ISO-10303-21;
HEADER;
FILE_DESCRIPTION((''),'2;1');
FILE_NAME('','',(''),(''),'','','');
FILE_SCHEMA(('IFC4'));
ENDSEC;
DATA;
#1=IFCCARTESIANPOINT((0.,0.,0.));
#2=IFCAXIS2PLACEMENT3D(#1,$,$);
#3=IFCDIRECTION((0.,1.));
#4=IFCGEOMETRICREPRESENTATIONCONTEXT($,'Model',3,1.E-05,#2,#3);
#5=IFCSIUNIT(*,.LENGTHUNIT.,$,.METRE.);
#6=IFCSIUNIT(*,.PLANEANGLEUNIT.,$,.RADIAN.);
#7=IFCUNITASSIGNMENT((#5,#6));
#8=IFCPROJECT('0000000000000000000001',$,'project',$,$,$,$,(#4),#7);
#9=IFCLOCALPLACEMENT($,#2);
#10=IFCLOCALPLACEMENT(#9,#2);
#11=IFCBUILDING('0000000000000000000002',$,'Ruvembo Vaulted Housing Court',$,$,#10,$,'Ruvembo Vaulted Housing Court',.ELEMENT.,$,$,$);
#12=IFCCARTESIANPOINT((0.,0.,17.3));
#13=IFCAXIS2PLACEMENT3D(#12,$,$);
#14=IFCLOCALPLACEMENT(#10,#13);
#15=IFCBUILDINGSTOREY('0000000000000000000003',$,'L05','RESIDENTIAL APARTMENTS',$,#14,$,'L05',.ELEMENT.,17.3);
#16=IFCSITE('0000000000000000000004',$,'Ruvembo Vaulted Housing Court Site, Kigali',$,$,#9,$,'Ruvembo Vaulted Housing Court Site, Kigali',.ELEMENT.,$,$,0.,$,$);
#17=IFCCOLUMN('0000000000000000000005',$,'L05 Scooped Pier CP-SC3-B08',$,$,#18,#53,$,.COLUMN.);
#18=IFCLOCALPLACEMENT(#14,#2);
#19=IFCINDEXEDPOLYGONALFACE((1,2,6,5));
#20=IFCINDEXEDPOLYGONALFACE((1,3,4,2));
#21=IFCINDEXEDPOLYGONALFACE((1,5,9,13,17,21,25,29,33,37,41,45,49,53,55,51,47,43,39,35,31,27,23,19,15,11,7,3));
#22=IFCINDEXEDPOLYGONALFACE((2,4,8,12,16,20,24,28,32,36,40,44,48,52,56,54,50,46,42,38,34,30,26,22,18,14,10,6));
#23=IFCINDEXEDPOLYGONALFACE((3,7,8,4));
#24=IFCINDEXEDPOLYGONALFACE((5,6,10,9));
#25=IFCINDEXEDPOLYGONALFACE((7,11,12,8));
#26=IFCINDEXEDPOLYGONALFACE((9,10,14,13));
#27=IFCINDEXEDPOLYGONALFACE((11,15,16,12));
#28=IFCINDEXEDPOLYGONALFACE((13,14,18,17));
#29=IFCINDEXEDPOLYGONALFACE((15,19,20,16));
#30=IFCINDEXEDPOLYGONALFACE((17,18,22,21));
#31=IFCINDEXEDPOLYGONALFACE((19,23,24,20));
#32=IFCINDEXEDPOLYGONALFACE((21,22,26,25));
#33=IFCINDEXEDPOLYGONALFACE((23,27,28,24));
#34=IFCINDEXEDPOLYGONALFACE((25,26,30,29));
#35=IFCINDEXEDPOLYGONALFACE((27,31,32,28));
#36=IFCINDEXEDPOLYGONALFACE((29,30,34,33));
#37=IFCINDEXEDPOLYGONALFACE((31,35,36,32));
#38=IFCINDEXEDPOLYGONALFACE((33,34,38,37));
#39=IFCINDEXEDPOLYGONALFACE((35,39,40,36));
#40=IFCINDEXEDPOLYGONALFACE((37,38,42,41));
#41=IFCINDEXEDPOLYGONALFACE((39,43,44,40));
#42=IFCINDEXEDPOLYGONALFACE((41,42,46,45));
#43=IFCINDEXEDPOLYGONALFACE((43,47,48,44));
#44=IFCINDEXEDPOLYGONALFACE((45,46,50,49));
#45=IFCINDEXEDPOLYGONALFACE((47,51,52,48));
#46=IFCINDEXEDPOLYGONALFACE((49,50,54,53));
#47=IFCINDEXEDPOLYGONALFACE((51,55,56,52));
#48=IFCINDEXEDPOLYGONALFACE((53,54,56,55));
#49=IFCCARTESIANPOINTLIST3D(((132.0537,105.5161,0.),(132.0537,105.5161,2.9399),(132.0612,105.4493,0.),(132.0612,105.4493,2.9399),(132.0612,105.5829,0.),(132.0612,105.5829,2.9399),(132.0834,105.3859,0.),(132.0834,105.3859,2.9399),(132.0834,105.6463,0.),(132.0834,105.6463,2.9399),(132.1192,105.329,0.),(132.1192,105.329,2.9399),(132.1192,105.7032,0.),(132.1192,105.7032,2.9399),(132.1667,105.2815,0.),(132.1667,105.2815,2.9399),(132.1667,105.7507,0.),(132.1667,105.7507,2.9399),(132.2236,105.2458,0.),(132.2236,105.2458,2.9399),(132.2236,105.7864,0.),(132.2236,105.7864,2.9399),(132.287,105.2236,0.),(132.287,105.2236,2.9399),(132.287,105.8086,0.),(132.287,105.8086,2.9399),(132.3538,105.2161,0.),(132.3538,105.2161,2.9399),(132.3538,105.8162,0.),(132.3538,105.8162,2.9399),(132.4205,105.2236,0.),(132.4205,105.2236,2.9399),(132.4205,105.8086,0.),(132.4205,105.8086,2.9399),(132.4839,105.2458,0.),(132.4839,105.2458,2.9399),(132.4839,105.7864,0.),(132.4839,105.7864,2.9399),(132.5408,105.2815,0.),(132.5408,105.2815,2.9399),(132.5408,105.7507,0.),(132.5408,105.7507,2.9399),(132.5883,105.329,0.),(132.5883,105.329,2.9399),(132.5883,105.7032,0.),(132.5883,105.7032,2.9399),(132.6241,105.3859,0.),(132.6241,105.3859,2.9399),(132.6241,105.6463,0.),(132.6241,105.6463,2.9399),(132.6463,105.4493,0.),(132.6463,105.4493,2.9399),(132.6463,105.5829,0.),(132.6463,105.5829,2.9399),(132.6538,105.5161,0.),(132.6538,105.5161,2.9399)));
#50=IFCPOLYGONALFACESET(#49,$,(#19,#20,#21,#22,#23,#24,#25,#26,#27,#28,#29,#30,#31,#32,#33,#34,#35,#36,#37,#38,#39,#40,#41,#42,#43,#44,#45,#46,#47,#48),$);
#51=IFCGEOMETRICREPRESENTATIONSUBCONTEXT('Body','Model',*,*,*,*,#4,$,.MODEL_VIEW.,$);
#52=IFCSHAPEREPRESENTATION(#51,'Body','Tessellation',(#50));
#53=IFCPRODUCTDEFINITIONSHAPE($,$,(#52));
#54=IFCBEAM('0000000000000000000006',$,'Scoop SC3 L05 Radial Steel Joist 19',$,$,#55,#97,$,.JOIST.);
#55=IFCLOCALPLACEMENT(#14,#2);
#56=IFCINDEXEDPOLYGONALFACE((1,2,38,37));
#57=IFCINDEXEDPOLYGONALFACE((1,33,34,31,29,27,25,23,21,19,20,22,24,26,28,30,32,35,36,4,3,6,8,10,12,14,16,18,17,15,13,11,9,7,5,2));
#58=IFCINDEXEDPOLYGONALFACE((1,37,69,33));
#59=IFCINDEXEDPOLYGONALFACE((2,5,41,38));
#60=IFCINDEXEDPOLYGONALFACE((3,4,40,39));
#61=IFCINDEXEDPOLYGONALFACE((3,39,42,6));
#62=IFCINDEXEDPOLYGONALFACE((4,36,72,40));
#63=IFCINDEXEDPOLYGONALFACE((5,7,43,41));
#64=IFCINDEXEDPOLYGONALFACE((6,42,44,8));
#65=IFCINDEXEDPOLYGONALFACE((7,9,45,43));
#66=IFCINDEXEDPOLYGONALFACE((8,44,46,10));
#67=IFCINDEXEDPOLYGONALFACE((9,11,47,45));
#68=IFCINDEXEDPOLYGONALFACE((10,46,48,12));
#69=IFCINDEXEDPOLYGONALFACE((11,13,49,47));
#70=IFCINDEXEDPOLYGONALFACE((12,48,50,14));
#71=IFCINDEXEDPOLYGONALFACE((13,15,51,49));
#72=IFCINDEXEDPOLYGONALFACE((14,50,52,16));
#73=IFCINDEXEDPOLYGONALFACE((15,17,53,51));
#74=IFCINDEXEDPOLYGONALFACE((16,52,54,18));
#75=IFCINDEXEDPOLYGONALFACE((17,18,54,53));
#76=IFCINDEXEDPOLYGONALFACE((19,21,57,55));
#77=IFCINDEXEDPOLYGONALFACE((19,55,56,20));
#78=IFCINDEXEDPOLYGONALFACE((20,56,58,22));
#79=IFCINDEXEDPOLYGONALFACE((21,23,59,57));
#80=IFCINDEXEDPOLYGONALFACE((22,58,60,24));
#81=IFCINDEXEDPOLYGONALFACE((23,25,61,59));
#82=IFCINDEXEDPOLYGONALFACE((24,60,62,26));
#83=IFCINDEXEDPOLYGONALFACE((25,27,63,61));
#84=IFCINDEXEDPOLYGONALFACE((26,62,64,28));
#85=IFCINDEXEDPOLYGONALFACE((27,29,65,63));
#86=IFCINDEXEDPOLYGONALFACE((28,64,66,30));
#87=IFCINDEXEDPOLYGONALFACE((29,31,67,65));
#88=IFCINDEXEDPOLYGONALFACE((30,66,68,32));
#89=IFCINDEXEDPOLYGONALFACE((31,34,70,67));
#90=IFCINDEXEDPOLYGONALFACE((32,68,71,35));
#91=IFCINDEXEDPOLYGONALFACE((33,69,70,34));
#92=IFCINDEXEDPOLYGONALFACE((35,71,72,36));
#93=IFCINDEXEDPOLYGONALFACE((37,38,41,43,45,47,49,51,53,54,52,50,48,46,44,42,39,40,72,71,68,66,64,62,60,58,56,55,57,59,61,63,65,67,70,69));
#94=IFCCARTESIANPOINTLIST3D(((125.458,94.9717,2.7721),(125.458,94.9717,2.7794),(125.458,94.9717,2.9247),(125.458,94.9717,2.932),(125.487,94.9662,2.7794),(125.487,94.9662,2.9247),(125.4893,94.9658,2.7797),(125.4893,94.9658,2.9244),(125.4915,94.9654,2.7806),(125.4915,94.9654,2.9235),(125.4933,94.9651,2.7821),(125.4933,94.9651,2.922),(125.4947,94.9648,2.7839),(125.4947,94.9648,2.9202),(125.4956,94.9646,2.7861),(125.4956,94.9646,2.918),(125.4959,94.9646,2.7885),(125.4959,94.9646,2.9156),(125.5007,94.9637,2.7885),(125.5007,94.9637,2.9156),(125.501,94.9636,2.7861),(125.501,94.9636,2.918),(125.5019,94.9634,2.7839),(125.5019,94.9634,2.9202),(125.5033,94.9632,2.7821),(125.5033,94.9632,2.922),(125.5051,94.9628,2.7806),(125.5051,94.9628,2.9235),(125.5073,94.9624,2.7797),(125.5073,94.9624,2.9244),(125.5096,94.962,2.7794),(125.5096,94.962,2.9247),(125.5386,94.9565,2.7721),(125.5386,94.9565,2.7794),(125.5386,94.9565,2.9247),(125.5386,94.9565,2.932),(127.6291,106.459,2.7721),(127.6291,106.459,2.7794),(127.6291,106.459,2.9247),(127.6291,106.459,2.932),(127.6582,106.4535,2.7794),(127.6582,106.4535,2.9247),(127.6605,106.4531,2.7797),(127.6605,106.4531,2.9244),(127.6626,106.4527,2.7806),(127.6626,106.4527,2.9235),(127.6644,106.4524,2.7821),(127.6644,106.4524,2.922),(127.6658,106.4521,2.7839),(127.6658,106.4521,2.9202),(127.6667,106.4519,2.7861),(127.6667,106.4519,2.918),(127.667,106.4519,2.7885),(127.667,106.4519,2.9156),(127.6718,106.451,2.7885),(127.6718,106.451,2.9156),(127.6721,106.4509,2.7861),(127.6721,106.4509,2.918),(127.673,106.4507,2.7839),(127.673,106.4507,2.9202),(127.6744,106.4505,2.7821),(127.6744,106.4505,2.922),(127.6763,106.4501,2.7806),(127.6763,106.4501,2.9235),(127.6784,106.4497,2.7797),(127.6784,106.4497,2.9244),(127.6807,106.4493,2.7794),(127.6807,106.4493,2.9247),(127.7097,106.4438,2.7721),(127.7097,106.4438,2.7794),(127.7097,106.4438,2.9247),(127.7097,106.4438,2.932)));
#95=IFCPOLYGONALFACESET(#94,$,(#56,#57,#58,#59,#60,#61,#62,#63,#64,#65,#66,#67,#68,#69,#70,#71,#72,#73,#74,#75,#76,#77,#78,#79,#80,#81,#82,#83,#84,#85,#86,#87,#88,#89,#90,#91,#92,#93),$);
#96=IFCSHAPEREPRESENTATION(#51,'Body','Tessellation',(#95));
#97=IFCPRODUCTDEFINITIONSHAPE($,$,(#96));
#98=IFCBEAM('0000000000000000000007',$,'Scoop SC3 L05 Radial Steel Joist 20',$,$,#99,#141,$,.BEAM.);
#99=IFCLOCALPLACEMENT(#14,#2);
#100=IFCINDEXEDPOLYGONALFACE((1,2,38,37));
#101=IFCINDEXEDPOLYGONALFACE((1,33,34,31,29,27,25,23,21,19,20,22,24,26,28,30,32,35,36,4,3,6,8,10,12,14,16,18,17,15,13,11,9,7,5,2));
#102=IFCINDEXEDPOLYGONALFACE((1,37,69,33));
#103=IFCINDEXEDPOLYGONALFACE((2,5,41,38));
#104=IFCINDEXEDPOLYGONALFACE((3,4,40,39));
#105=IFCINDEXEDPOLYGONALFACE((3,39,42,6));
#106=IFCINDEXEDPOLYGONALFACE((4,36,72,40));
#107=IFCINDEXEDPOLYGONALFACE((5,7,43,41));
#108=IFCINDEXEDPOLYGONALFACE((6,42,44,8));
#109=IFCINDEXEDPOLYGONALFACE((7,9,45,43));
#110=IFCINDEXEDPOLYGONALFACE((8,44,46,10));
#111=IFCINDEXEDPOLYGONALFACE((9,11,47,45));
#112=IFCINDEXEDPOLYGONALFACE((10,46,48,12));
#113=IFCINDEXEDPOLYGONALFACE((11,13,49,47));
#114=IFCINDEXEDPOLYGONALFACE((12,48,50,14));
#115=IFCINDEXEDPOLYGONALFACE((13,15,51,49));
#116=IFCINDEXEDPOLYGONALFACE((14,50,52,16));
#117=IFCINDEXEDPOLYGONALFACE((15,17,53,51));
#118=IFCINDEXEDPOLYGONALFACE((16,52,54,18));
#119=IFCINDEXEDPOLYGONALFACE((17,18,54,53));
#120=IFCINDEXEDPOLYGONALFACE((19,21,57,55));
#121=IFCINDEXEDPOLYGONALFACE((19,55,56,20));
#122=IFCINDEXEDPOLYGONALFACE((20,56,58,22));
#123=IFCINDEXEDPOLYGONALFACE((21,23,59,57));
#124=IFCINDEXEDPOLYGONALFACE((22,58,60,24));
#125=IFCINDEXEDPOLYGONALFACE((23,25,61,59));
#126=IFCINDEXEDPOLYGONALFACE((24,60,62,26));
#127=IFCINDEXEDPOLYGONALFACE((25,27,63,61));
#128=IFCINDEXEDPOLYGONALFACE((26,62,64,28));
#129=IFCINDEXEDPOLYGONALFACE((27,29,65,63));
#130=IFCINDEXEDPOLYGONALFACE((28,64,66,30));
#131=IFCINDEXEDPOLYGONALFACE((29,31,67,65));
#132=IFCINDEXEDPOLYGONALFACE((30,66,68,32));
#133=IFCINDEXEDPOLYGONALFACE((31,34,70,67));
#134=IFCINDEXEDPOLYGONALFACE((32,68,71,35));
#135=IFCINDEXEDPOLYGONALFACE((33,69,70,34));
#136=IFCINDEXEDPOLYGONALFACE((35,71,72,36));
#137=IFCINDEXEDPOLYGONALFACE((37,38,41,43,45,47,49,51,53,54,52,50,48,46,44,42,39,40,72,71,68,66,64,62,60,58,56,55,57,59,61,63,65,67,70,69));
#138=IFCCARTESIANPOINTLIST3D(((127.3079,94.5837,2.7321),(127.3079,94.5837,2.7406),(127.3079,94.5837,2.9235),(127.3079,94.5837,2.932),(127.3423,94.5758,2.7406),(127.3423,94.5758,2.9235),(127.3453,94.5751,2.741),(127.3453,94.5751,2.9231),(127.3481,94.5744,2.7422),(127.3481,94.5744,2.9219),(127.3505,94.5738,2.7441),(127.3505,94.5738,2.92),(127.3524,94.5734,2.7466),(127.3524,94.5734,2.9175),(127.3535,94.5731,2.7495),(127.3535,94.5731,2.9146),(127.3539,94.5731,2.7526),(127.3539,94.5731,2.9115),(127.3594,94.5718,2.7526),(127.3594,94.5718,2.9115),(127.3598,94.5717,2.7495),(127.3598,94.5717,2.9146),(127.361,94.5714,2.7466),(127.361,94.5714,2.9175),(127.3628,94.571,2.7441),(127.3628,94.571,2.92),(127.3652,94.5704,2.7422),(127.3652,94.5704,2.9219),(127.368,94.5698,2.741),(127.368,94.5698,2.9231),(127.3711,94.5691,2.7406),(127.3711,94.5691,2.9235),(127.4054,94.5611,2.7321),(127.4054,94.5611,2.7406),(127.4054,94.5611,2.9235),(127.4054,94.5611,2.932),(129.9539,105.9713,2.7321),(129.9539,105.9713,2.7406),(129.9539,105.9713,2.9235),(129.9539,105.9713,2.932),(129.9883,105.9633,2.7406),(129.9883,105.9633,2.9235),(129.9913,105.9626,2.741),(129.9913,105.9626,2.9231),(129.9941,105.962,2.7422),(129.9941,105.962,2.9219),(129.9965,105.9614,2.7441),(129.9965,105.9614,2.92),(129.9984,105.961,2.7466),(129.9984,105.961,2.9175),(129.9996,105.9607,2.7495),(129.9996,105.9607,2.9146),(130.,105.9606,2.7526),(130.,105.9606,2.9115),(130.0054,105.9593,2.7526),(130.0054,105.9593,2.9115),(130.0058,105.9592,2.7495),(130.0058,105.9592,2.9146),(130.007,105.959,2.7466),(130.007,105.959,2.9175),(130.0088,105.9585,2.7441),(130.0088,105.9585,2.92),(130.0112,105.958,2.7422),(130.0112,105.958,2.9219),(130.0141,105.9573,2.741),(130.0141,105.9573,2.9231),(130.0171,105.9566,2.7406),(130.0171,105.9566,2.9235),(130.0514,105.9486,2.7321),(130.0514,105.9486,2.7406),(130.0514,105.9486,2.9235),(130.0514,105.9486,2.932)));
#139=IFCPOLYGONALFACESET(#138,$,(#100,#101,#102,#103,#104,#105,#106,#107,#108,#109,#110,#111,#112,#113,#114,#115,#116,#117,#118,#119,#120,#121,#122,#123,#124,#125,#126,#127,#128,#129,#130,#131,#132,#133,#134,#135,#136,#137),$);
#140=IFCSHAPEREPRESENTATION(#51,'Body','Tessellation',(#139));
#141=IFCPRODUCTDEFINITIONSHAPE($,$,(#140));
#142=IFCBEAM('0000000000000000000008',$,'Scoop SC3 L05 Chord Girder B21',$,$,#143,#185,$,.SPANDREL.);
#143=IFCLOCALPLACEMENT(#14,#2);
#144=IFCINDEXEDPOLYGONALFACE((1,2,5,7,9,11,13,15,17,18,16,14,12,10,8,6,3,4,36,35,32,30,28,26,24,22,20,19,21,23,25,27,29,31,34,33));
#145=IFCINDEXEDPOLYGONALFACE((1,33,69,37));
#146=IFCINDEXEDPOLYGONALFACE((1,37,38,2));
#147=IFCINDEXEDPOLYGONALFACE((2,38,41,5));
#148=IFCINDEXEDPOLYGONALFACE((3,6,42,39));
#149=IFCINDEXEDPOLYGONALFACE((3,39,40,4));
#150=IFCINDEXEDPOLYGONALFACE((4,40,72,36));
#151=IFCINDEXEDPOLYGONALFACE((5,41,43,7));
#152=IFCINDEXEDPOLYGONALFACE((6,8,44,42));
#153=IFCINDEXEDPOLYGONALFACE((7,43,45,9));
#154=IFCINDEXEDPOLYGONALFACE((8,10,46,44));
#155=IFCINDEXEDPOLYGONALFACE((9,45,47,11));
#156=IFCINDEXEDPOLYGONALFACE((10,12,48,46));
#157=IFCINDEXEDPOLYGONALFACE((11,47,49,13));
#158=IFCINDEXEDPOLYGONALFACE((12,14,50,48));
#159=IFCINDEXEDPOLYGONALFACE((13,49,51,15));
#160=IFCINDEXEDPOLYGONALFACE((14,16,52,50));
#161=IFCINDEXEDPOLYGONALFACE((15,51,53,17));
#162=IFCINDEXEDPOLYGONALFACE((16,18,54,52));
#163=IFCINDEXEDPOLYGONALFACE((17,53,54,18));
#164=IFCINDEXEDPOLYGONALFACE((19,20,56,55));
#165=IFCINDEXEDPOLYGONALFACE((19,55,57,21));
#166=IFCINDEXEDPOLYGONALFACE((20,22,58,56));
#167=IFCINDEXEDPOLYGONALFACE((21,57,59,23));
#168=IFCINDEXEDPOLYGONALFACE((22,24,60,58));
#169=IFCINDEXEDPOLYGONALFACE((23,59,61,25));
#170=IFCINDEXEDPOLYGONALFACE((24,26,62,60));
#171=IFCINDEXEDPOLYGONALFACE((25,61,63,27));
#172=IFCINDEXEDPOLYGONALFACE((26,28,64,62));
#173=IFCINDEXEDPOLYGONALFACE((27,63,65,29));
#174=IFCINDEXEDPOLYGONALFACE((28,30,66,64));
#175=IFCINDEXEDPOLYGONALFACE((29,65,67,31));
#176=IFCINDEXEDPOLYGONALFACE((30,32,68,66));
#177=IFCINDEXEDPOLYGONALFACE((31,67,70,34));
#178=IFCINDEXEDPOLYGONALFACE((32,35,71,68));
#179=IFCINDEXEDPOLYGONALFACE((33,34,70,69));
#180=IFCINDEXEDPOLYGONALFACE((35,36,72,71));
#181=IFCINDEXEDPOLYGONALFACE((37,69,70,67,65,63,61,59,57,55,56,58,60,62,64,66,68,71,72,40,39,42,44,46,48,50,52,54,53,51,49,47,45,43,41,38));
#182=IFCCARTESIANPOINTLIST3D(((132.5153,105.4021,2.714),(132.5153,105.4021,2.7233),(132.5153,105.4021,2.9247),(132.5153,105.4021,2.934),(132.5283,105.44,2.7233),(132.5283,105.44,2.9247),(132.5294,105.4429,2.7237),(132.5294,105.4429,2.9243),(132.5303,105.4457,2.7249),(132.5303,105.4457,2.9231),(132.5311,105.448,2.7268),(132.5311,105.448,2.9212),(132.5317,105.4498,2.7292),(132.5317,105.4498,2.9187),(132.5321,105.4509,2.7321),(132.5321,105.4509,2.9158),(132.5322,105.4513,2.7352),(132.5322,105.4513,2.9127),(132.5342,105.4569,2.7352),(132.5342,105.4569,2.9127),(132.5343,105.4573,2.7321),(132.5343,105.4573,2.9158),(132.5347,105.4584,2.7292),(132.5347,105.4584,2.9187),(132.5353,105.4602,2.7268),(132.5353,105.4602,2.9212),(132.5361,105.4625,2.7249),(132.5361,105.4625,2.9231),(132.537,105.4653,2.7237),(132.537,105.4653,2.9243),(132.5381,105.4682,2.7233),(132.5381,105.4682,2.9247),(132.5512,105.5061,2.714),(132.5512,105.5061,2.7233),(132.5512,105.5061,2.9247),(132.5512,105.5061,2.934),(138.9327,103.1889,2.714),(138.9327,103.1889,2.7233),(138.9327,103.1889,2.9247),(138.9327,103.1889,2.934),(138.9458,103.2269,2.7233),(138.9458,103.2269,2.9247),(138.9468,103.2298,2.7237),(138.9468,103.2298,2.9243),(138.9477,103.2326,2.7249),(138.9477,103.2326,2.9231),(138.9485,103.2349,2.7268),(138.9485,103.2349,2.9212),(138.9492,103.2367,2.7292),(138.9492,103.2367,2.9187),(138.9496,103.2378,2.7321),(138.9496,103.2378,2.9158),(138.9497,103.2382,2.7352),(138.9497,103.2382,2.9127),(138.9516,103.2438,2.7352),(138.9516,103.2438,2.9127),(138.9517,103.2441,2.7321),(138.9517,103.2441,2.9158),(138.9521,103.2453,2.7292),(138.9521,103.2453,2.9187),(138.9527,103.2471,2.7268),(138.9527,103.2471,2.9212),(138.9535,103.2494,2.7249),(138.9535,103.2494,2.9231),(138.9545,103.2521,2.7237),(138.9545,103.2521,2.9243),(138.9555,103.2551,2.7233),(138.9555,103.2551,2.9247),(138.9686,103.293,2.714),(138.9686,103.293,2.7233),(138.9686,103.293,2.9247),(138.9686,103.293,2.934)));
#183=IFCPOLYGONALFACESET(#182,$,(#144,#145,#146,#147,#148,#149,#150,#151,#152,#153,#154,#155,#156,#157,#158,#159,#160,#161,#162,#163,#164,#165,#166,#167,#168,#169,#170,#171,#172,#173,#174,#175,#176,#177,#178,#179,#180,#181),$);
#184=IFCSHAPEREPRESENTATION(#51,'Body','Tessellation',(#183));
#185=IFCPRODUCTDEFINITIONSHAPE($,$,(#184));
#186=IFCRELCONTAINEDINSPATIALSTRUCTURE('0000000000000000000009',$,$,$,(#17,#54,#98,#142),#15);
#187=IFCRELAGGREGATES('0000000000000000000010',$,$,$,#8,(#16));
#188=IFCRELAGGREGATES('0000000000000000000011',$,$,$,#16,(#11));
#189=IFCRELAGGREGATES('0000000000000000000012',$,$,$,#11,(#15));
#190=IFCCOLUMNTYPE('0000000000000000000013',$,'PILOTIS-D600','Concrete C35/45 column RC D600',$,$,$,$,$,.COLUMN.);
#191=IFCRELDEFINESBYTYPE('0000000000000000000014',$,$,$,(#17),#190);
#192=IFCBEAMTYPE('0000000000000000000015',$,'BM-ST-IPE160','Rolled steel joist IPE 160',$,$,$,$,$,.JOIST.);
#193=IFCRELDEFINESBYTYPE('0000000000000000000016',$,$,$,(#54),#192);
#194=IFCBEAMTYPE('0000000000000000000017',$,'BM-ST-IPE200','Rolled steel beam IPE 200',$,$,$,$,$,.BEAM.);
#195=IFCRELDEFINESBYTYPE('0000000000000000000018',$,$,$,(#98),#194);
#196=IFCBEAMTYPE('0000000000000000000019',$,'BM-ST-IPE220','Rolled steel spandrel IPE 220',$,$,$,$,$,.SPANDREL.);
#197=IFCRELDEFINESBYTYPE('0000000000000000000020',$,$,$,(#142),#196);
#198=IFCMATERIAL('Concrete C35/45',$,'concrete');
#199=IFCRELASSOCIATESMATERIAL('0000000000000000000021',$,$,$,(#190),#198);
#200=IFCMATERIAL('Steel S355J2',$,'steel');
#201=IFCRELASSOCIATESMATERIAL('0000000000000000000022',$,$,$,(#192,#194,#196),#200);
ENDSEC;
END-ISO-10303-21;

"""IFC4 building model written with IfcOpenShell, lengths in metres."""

from ifc_helpers import new_model, si_unit, direction, frame, origin, origin_2d, place, context, subcontext, project, spatial, circle, i_section, extrude, material, material_profile, profile_set, type_object, element, save


model = new_model("IFC4")

# Units and contexts
model_context = context("Model", 3, precision=1e-05, world=origin(), true_north=direction((0.0, 1.0)))
body_context = subcontext(model_context, "Body", "Model", "MODEL_VIEW")
ifc_project = project(units=[si_unit("LENGTHUNIT", "METRE"), si_unit("PLANEANGLEUNIT", "RADIAN")], contexts=[model_context])

# Site, building, storey
site_placement = place(None, origin())
site = spatial("IfcSite", under=ifc_project, at=site_placement, Name="Ruvembo Vaulted Housing Court Site, Kigali", LongName="Ruvembo Vaulted Housing Court Site, Kigali", CompositionType="ELEMENT", RefElevation=0.0)
building_placement = place(site_placement, origin())
building = spatial("IfcBuilding", under=site, at=building_placement, Name="Ruvembo Vaulted Housing Court", LongName="Ruvembo Vaulted Housing Court", CompositionType="ELEMENT")
storey_placement = place(building_placement, frame((0.0, 0.0, 17.3)))
storey = spatial("IfcBuildingStorey", under=building, at=storey_placement, Name="L05", Description="RESIDENTIAL APARTMENTS", LongName="L05", CompositionType="ELEMENT", Elevation=17.3)

# Column
ifc_material_1 = material(Name="Concrete C35/45", Category="concrete")
ifc_material_profile_1 = material_profile(ifc_material_1, circle(Radius=0.3, at=origin_2d()), Name="RC D600")
ifc_profile_set_1 = profile_set([ifc_material_profile_1], Name="Concrete C35/45")
column_type = type_object("IfcColumnType", Name="PILOTIS-D600", Description="Concrete C35/45 column RC D600", PredefinedType="COLUMN", material=ifc_profile_set_1)
column_placement = place(storey_placement, frame((132.3538, 105.5161, 0.0), z_axis=(0.0, 0.0, 1.0), x_axis=(1.0, 0.0, 0.0)))
element("IfcColumn", 1, at=column_placement, inside=storey, type_object=column_type, Name="L05 Scooped Pier CP-SC3-B08", PredefinedType="COLUMN", context=body_context, shape_type="SweptSolid", body=[
    extrude(circle(Radius=0.3, at=origin_2d()), origin(), (0.0, 0.0, 1.0), 2.9399),
])

# Beams
ifc_material_2 = material(Name="Steel S355J2", Category="steel")
ifc_material_profile_2 = material_profile(ifc_material_2, i_section(OverallWidth=0.082, OverallDepth=0.1599, WebThickness=0.0049, FlangeThickness=0.0073, FilletRadius=0.009, at=origin_2d()), Name="IPE 160")
ifc_profile_set_2 = profile_set([ifc_material_profile_2], Name="Steel S355J2")
beam_type_1 = type_object("IfcBeamType", Name="BM-ST-IPE160", Description="Rolled steel joist IPE 160", PredefinedType="JOIST", material=ifc_profile_set_2)
beam_1_placement = place(storey_placement, frame((127.6694, 106.4514, 2.8521), z_axis=(-0.185716, -0.982604, 0.0), x_axis=(0.982604, -0.185716, 0.0)))
element("IfcBeam", 2, at=beam_1_placement, inside=storey, type_object=beam_type_1, Name="Scoop SC3 L05 Radial Steel Joist 19", PredefinedType="JOIST", context=body_context, shape_type="SweptSolid", body=[
    extrude(i_section(OverallWidth=0.082, OverallDepth=0.1599, WebThickness=0.0049, FlangeThickness=0.0073, FilletRadius=0.009, at=origin_2d()), origin(), (0.0, 0.0, 1.0), 11.6907),
])
ifc_material_profile_3 = material_profile(ifc_material_2, i_section(OverallWidth=0.1001, OverallDepth=0.2, WebThickness=0.0056, FlangeThickness=0.0085, FilletRadius=0.012, at=origin_2d()), Name="IPE 200")
ifc_profile_set_3 = profile_set([ifc_material_profile_3], Name="Steel S355J2")
beam_type_2 = type_object("IfcBeamType", Name="BM-ST-IPE200", Description="Rolled steel beam IPE 200", PredefinedType="BEAM", material=ifc_profile_set_3)
beam_2_placement = place(storey_placement, frame((130.0027, 105.96, 2.832), z_axis=(-0.226331, -0.97405, 0.0), x_axis=(0.97405, -0.226331, 0.0)))
element("IfcBeam", 3, at=beam_2_placement, inside=storey, type_object=beam_type_2, Name="Scoop SC3 L05 Radial Steel Joist 20", PredefinedType="BEAM", context=body_context, shape_type="SweptSolid", body=[
    extrude(i_section(OverallWidth=0.1001, OverallDepth=0.2, WebThickness=0.0056, FlangeThickness=0.0085, FilletRadius=0.012, at=origin_2d()), origin(), (0.0, 0.0, 1.0), 11.6909),
])
ifc_material_profile_4 = material_profile(ifc_material_2, i_section(OverallWidth=0.1101, OverallDepth=0.22, WebThickness=0.0059, FlangeThickness=0.0093, FilletRadius=0.012, at=origin_2d()), Name="IPE 220")
ifc_profile_set_4 = profile_set([ifc_material_profile_4], Name="Steel S355J2")
beam_type_3 = type_object("IfcBeamType", Name="BM-ST-IPE220", Description="Rolled steel spandrel IPE 220", PredefinedType="SPANDREL", material=ifc_profile_set_4)
beam_3_placement = place(storey_placement, frame((132.5332, 105.4541, 2.824), z_axis=(0.945363, -0.326018, 0.0), x_axis=(0.326018, 0.945363, 0.0)))
element("IfcBeam", 4, at=beam_3_placement, inside=storey, type_object=beam_type_3, Name="Scoop SC3 L05 Chord Girder B21", PredefinedType="SPANDREL", context=body_context, shape_type="SweptSolid", body=[
    extrude(i_section(OverallWidth=0.1101, OverallDepth=0.22, WebThickness=0.0059, FlangeThickness=0.0093, FilletRadius=0.012, at=origin_2d()), origin(), (0.0, 0.0, 1.0), 6.7883),
])

save(model, "model.ifc")
